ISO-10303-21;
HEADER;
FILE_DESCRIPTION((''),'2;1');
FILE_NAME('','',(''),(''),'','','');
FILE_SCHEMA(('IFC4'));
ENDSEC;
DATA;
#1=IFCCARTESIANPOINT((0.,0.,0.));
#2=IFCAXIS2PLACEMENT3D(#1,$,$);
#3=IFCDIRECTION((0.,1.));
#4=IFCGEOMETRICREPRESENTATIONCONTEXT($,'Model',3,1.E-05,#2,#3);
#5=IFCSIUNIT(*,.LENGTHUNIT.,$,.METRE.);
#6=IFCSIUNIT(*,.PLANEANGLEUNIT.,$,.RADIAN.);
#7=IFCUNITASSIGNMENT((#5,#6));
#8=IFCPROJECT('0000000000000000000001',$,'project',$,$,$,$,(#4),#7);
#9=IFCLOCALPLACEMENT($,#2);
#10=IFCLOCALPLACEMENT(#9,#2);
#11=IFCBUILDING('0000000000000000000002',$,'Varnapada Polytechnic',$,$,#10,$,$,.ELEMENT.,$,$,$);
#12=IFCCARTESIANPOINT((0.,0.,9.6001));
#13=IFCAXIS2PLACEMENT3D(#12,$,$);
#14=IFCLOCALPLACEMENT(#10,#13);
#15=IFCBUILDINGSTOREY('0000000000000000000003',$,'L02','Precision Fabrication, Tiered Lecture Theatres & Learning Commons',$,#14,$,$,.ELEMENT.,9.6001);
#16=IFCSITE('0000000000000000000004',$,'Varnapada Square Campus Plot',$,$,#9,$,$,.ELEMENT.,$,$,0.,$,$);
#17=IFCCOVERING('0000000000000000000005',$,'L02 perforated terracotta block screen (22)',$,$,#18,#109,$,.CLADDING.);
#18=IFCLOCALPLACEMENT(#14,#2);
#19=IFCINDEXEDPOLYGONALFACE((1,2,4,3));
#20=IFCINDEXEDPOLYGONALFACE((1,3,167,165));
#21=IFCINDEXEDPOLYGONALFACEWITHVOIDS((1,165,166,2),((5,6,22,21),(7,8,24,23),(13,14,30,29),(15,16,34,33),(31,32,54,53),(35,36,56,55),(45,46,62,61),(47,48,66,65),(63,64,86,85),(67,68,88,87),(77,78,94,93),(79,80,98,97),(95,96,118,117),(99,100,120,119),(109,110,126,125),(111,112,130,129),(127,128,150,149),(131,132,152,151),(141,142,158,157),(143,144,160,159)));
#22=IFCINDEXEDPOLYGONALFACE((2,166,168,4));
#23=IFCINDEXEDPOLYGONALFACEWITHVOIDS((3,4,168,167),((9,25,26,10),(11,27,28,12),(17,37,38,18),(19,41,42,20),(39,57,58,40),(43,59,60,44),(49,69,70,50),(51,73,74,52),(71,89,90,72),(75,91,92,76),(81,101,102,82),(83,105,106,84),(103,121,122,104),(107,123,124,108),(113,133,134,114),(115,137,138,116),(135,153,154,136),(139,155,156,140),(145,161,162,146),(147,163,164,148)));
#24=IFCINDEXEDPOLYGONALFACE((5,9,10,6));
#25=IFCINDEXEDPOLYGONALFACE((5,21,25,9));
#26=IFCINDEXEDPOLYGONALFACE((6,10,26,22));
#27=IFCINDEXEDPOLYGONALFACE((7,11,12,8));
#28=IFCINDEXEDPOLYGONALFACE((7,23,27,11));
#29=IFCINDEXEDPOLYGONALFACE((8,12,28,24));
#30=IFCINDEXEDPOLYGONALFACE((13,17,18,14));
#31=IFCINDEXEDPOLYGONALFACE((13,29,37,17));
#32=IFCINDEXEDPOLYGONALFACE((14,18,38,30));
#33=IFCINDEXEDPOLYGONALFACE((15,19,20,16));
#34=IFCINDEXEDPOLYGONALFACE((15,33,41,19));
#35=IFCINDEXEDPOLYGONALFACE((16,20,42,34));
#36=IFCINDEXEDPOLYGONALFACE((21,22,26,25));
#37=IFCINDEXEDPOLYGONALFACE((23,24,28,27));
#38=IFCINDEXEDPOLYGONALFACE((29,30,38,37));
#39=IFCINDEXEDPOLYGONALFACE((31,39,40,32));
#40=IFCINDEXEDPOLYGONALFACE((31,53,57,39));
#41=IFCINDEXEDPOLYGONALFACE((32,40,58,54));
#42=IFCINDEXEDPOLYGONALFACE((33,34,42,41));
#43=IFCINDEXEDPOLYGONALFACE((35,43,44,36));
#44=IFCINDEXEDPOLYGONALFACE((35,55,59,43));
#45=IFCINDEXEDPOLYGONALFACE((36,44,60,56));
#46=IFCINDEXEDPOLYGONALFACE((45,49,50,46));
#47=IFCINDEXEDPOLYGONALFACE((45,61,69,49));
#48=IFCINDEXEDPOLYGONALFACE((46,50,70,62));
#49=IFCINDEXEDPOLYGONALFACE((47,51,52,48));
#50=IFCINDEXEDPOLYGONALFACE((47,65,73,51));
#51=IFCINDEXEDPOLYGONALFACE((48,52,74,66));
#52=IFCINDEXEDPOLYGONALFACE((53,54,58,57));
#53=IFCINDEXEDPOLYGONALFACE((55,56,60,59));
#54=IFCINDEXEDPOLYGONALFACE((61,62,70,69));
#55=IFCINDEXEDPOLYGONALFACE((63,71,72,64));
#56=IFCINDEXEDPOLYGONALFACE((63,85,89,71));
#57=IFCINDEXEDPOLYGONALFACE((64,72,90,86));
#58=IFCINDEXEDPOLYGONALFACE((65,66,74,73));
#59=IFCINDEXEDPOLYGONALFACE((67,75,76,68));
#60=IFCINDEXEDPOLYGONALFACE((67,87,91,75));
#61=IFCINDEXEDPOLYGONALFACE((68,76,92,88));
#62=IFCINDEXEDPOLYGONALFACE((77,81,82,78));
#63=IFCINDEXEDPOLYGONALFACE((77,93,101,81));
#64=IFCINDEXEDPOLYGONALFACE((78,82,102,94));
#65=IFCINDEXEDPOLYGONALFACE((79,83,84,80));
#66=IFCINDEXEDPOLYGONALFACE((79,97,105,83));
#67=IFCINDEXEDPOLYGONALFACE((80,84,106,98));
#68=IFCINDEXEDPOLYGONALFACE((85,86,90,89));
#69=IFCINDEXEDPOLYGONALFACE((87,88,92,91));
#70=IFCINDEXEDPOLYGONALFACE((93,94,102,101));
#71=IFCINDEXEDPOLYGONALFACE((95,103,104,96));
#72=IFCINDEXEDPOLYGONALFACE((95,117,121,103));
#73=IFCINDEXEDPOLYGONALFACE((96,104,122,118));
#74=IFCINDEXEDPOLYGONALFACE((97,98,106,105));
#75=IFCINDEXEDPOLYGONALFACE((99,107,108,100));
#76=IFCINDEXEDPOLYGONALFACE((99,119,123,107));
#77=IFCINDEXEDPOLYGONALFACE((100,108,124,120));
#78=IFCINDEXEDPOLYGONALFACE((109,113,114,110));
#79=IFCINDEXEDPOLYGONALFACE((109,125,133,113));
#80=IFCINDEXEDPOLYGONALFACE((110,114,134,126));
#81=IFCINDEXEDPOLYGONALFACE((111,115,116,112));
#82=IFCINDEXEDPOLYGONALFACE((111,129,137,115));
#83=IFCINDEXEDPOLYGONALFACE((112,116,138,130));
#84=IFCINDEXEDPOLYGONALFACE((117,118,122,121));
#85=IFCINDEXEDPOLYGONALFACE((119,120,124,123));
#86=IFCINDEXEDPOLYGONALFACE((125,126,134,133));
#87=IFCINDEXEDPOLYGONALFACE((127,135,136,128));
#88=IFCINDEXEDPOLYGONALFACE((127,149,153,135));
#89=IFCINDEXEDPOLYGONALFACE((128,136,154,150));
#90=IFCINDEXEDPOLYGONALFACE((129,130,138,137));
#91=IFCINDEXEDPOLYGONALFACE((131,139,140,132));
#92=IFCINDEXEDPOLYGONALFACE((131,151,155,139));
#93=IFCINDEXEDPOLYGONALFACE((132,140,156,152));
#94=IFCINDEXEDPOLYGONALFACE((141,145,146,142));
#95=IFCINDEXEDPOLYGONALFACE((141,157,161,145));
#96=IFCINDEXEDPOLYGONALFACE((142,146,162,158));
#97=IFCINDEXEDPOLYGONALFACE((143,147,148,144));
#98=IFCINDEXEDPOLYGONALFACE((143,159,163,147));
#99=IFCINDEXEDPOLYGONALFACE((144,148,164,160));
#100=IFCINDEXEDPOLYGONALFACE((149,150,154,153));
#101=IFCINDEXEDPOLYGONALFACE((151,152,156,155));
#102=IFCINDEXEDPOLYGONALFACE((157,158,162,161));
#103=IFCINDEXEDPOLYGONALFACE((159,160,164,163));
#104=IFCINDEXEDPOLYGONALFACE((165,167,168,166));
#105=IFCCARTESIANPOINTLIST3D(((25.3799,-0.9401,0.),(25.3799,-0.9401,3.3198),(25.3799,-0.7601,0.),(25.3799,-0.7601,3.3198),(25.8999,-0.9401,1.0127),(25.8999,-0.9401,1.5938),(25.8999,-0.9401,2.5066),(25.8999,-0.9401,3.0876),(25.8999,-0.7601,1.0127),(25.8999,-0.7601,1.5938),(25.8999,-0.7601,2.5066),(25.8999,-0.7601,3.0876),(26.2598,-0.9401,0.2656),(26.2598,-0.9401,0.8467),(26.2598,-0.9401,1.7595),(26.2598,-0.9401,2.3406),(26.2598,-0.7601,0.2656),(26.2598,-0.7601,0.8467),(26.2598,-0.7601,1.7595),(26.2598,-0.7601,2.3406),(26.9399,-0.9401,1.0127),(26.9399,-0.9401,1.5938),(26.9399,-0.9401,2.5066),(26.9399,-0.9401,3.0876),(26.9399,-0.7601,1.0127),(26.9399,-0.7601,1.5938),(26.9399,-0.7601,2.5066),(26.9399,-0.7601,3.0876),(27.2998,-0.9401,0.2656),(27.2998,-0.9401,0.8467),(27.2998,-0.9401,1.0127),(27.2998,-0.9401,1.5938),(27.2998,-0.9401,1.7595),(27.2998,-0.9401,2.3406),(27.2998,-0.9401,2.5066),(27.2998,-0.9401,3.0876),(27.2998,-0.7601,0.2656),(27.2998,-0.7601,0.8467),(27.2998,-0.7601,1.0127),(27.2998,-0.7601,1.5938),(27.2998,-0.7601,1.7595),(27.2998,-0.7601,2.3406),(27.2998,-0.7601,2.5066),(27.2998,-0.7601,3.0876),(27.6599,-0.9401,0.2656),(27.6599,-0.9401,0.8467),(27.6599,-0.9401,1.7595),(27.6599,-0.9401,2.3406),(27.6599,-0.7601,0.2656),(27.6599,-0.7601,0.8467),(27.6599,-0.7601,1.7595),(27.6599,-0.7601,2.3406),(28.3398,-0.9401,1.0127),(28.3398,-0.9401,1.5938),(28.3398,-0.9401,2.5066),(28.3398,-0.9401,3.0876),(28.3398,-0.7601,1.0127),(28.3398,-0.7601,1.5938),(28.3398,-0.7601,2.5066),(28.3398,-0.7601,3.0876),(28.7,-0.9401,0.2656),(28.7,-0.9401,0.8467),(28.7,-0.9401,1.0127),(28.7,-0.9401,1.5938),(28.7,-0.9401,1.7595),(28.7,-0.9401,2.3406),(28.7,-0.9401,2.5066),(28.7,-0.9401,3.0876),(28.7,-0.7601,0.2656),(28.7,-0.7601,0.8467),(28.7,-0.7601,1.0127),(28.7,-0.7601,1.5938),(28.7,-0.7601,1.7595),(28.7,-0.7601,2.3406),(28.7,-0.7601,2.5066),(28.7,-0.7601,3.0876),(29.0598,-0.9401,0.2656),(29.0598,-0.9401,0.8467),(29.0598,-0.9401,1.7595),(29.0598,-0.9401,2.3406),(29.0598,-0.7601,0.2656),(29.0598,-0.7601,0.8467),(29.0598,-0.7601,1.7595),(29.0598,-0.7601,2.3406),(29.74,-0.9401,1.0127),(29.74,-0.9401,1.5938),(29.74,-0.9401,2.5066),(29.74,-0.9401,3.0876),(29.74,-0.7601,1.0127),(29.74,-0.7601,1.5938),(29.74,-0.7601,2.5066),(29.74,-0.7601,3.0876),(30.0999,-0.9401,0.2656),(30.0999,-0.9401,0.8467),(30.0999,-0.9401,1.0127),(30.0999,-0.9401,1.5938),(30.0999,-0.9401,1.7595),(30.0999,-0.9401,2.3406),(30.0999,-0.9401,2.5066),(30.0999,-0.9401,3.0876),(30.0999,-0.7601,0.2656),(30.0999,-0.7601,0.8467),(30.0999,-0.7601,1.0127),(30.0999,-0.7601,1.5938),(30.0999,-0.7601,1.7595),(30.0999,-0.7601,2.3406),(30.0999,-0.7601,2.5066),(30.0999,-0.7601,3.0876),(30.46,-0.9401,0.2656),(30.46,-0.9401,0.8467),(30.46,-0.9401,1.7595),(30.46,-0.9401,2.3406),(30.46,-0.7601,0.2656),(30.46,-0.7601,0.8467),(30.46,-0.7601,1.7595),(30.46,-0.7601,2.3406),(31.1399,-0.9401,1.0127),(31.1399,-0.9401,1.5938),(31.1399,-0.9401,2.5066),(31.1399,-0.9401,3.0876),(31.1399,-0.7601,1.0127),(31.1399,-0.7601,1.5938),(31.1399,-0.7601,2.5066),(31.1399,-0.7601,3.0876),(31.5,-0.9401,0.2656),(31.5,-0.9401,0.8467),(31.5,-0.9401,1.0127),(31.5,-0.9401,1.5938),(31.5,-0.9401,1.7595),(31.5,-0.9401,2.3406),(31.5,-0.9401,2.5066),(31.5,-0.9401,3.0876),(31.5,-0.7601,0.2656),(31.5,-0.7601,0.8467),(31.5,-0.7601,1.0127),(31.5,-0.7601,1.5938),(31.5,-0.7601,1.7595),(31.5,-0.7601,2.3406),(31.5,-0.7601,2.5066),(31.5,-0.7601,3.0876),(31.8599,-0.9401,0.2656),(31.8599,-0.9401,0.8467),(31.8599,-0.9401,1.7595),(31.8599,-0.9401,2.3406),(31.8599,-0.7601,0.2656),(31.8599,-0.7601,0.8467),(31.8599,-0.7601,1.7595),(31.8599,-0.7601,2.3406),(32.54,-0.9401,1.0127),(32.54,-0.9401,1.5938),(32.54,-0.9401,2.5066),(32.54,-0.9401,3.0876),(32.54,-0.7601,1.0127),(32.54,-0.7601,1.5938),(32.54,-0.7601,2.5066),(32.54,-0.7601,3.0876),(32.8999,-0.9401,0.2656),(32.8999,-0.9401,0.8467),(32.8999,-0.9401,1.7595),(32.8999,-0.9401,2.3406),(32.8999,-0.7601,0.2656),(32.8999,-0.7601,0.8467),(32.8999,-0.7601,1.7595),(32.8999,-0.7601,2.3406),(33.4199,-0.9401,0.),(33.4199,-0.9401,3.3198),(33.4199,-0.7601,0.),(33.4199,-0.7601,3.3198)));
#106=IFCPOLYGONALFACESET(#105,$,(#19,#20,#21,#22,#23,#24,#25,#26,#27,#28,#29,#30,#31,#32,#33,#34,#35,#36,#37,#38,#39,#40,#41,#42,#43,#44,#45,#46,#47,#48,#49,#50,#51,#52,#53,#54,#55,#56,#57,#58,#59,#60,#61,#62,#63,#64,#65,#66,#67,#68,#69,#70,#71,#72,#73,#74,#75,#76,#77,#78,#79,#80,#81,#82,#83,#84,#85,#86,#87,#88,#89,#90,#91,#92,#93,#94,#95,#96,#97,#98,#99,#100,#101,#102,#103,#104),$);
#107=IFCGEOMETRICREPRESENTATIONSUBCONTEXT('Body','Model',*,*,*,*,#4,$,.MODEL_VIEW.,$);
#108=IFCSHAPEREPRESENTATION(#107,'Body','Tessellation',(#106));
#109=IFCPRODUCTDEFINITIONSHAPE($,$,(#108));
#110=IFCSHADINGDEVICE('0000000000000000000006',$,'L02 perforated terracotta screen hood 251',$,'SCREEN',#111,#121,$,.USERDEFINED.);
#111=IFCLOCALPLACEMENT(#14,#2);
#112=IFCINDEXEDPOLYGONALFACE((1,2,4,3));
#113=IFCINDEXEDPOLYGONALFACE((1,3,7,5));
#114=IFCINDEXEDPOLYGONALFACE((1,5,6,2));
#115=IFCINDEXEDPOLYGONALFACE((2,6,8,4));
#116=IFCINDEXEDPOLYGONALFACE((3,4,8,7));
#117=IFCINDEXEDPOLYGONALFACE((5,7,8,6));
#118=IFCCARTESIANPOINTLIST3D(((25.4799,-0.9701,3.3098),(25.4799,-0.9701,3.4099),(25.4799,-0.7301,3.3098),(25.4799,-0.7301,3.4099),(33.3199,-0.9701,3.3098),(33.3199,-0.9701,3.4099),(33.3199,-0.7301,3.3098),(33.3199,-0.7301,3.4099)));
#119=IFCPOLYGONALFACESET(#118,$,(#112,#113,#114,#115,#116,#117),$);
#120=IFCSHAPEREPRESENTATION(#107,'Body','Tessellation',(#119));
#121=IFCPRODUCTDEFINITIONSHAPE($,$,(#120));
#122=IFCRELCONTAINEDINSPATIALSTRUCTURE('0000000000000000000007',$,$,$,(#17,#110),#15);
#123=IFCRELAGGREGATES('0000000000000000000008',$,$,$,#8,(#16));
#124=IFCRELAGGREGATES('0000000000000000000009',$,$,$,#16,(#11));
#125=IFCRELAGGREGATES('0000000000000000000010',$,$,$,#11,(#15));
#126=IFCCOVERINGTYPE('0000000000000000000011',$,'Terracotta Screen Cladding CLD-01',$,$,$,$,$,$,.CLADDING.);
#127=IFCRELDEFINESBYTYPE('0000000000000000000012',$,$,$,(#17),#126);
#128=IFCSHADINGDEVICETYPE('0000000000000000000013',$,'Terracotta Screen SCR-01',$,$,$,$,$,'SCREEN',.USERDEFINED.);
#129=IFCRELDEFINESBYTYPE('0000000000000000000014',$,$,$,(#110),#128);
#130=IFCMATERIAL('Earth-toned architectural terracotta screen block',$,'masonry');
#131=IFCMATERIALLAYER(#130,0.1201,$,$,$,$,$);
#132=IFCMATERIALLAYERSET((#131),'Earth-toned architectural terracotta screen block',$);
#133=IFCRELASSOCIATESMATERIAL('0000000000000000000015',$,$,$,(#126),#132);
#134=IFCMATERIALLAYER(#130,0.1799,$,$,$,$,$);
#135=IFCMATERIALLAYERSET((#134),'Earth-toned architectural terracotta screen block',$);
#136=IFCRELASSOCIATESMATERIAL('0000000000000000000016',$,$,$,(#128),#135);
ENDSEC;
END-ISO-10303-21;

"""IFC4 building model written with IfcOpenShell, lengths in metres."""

from ifc_helpers import new_model, si_unit, direction, frame, frame_2d, origin, origin_2d, place, context, subcontext, project, spatial, rectangle, extrude, material, layer, layer_set, type_object, element, save


model = new_model("IFC4")

# Units and contexts
model_context = context("Model", 3, precision=1e-05, world=origin(), true_north=direction((0.0, 1.0)))
body_context = subcontext(model_context, "Body", "Model", "MODEL_VIEW")
ifc_project = project(units=[si_unit("LENGTHUNIT", "METRE"), si_unit("PLANEANGLEUNIT", "RADIAN")], contexts=[model_context])

# Site, building, storey
site_placement = place(None, origin())
site = spatial("IfcSite", under=ifc_project, at=site_placement, Name="Varnapada Square Campus Plot", CompositionType="ELEMENT", RefElevation=0.0)
building_placement = place(site_placement, origin())
building = spatial("IfcBuilding", under=site, at=building_placement, Name="Varnapada Polytechnic", CompositionType="ELEMENT")
storey_placement = place(building_placement, frame((0.0, 0.0, 9.6001)))
storey = spatial("IfcBuildingStorey", under=building, at=storey_placement, Name="L02", Description="Precision Fabrication, Tiered Lecture Theatres & Learning Commons", CompositionType="ELEMENT", Elevation=9.6001)

# Covering, openings
ifc_material_1 = material(Name="Earth-toned architectural terracotta screen block", Category="masonry")
ifc_layer_1 = layer(ifc_material_1, 0.1201)
ifc_layer_set_1 = layer_set([ifc_layer_1], Name="Earth-toned architectural terracotta screen block")
covering_type = type_object("IfcCoveringType", Name="Terracotta Screen Cladding CLD-01", PredefinedType="CLADDING", material=ifc_layer_set_1)
covering_placement = place(storey_placement, frame((33.4199, -0.8501, 0.0), z_axis=(0.0, 0.0, 1.0), x_axis=(-1.0, 0.0, 0.0)))
covering = element("IfcCovering", 1, at=covering_placement, inside=storey, type_object=covering_type, Name="L02 perforated terracotta block screen (22)", PredefinedType="CLADDING", context=body_context, shape_type="SweptSolid", body=[
    extrude(rectangle(XDim=8.04, YDim=0.1799, at=frame_2d((4.02, 0.0))), origin(), (0.0, 0.0, 1.0), 3.3198),
])
opening_1_placement = place(covering_placement, frame((0.52, 0.0, 0.2656)))
element("IfcOpeningElement", 2, at=opening_1_placement, cuts=covering, PredefinedType="OPENING", context=body_context, shape_type="SweptSolid", body=[
    extrude(rectangle(XDim=1.04, YDim=0.5811, at=frame_2d((0.52, 0.2905))), frame((0.0, 0.0999, 0.0), z_axis=(0.0, -1.0, 0.0), x_axis=(1.0, 0.0, 0.0)), (0.0, 0.0, 1.0), 0.2),
])
opening_2_placement = place(covering_placement, frame((1.9199, 0.0, 0.2656)))
element("IfcOpeningElement", 3, at=opening_2_placement, cuts=covering, PredefinedType="OPENING", context=body_context, shape_type="SweptSolid", body=[
    extrude(rectangle(XDim=1.04, YDim=0.5811, at=frame_2d((0.52, 0.2905))), frame((0.0, 0.0999, 0.0), z_axis=(0.0, -1.0, 0.0), x_axis=(1.0, 0.0, 0.0)), (0.0, 0.0, 1.0), 0.2),
])
opening_3_placement = place(covering_placement, frame((3.3201, 0.0, 0.2656)))
element("IfcOpeningElement", 4, at=opening_3_placement, cuts=covering, PredefinedType="OPENING", context=body_context, shape_type="SweptSolid", body=[
    extrude(rectangle(XDim=1.04, YDim=0.5811, at=frame_2d((0.52, 0.2905))), frame((0.0, 0.0999, 0.0), z_axis=(0.0, -1.0, 0.0), x_axis=(1.0, 0.0, 0.0)), (0.0, 0.0, 1.0), 0.2),
])
opening_4_placement = place(covering_placement, frame((4.72, 0.0, 0.2656)))
element("IfcOpeningElement", 5, at=opening_4_placement, cuts=covering, PredefinedType="OPENING", context=body_context, shape_type="SweptSolid", body=[
    extrude(rectangle(XDim=1.04, YDim=0.5811, at=frame_2d((0.52, 0.2905))), frame((0.0, 0.0999, 0.0), z_axis=(0.0, -1.0, 0.0), x_axis=(1.0, 0.0, 0.0)), (0.0, 0.0, 1.0), 0.2),
])
opening_5_placement = place(covering_placement, frame((6.1201, 0.0, 0.2656)))
element("IfcOpeningElement", 6, at=opening_5_placement, cuts=covering, PredefinedType="OPENING", context=body_context, shape_type="SweptSolid", body=[
    extrude(rectangle(XDim=1.04, YDim=0.5811, at=frame_2d((0.52, 0.2905))), frame((0.0, 0.0999, 0.0), z_axis=(0.0, -1.0, 0.0), x_axis=(1.0, 0.0, 0.0)), (0.0, 0.0, 1.0), 0.2),
])
opening_6_placement = place(covering_placement, frame((0.8799, 0.0, 1.0127)))
element("IfcOpeningElement", 7, at=opening_6_placement, cuts=covering, PredefinedType="OPENING", context=body_context, shape_type="SweptSolid", body=[
    extrude(rectangle(XDim=1.04, YDim=0.5811, at=frame_2d((0.52, 0.2905))), frame((0.0, 0.0999, 0.0), z_axis=(0.0, -1.0, 0.0), x_axis=(1.0, 0.0, 0.0)), (0.0, 0.0, 1.0), 0.2),
])
opening_7_placement = place(covering_placement, frame((2.28, 0.0, 1.0127)))
element("IfcOpeningElement", 8, at=opening_7_placement, cuts=covering, PredefinedType="OPENING", context=body_context, shape_type="SweptSolid", body=[
    extrude(rectangle(XDim=1.04, YDim=0.5811, at=frame_2d((0.52, 0.2905))), frame((0.0, 0.0999, 0.0), z_axis=(0.0, -1.0, 0.0), x_axis=(1.0, 0.0, 0.0)), (0.0, 0.0, 1.0), 0.2),
])
opening_8_placement = place(covering_placement, frame((3.6799, 0.0, 1.0127)))
element("IfcOpeningElement", 9, at=opening_8_placement, cuts=covering, PredefinedType="OPENING", context=body_context, shape_type="SweptSolid", body=[
    extrude(rectangle(XDim=1.04, YDim=0.5811, at=frame_2d((0.52, 0.2905))), frame((0.0, 0.0999, 0.0), z_axis=(0.0, -1.0, 0.0), x_axis=(1.0, 0.0, 0.0)), (0.0, 0.0, 1.0), 0.2),
])
opening_9_placement = place(covering_placement, frame((5.0801, 0.0, 1.0127)))
element("IfcOpeningElement", 10, at=opening_9_placement, cuts=covering, PredefinedType="OPENING", context=body_context, shape_type="SweptSolid", body=[
    extrude(rectangle(XDim=1.04, YDim=0.5811, at=frame_2d((0.52, 0.2905))), frame((0.0, 0.0999, 0.0), z_axis=(0.0, -1.0, 0.0), x_axis=(1.0, 0.0, 0.0)), (0.0, 0.0, 1.0), 0.2),
])
opening_10_placement = place(covering_placement, frame((6.48, 0.0, 1.0127)))
element("IfcOpeningElement", 11, at=opening_10_placement, cuts=covering, PredefinedType="OPENING", context=body_context, shape_type="SweptSolid", body=[
    extrude(rectangle(XDim=1.04, YDim=0.5811, at=frame_2d((0.52, 0.2905))), frame((0.0, 0.0999, 0.0), z_axis=(0.0, -1.0, 0.0), x_axis=(1.0, 0.0, 0.0)), (0.0, 0.0, 1.0), 0.2),
])
opening_11_placement = place(covering_placement, frame((0.52, 0.0, 1.7595)))
element("IfcOpeningElement", 12, at=opening_11_placement, cuts=covering, PredefinedType="OPENING", context=body_context, shape_type="SweptSolid", body=[
    extrude(rectangle(XDim=1.04, YDim=0.5811, at=frame_2d((0.52, 0.2905))), frame((0.0, 0.0999, 0.0), z_axis=(0.0, -1.0, 0.0), x_axis=(1.0, 0.0, 0.0)), (0.0, 0.0, 1.0), 0.2),
])
opening_12_placement = place(covering_placement, frame((1.9199, 0.0, 1.7595)))
element("IfcOpeningElement", 13, at=opening_12_placement, cuts=covering, PredefinedType="OPENING", context=body_context, shape_type="SweptSolid", body=[
    extrude(rectangle(XDim=1.04, YDim=0.5811, at=frame_2d((0.52, 0.2905))), frame((0.0, 0.0999, 0.0), z_axis=(0.0, -1.0, 0.0), x_axis=(1.0, 0.0, 0.0)), (0.0, 0.0, 1.0), 0.2),
])
opening_13_placement = place(covering_placement, frame((3.3201, 0.0, 1.7595)))
element("IfcOpeningElement", 14, at=opening_13_placement, cuts=covering, PredefinedType="OPENING", context=body_context, shape_type="SweptSolid", body=[
    extrude(rectangle(XDim=1.04, YDim=0.5811, at=frame_2d((0.52, 0.2905))), frame((0.0, 0.0999, 0.0), z_axis=(0.0, -1.0, 0.0), x_axis=(1.0, 0.0, 0.0)), (0.0, 0.0, 1.0), 0.2),
])
opening_14_placement = place(covering_placement, frame((4.72, 0.0, 1.7595)))
element("IfcOpeningElement", 15, at=opening_14_placement, cuts=covering, PredefinedType="OPENING", context=body_context, shape_type="SweptSolid", body=[
    extrude(rectangle(XDim=1.04, YDim=0.5811, at=frame_2d((0.52, 0.2905))), frame((0.0, 0.0999, 0.0), z_axis=(0.0, -1.0, 0.0), x_axis=(1.0, 0.0, 0.0)), (0.0, 0.0, 1.0), 0.2),
])
opening_15_placement = place(covering_placement, frame((6.1201, 0.0, 1.7595)))
element("IfcOpeningElement", 16, at=opening_15_placement, cuts=covering, PredefinedType="OPENING", context=body_context, shape_type="SweptSolid", body=[
    extrude(rectangle(XDim=1.04, YDim=0.5811, at=frame_2d((0.52, 0.2905))), frame((0.0, 0.0999, 0.0), z_axis=(0.0, -1.0, 0.0), x_axis=(1.0, 0.0, 0.0)), (0.0, 0.0, 1.0), 0.2),
])
opening_16_placement = place(covering_placement, frame((0.8799, 0.0, 2.5066)))
element("IfcOpeningElement", 17, at=opening_16_placement, cuts=covering, PredefinedType="OPENING", context=body_context, shape_type="SweptSolid", body=[
    extrude(rectangle(XDim=1.04, YDim=0.5811, at=frame_2d((0.52, 0.2905))), frame((0.0, 0.0999, 0.0), z_axis=(0.0, -1.0, 0.0), x_axis=(1.0, 0.0, 0.0)), (0.0, 0.0, 1.0), 0.2),
])
opening_17_placement = place(covering_placement, frame((2.28, 0.0, 2.5066)))
element("IfcOpeningElement", 18, at=opening_17_placement, cuts=covering, PredefinedType="OPENING", context=body_context, shape_type="SweptSolid", body=[
    extrude(rectangle(XDim=1.04, YDim=0.5811, at=frame_2d((0.52, 0.2905))), frame((0.0, 0.0999, 0.0), z_axis=(0.0, -1.0, 0.0), x_axis=(1.0, 0.0, 0.0)), (0.0, 0.0, 1.0), 0.2),
])
opening_18_placement = place(covering_placement, frame((3.6799, 0.0, 2.5066)))
element("IfcOpeningElement", 19, at=opening_18_placement, cuts=covering, PredefinedType="OPENING", context=body_context, shape_type="SweptSolid", body=[
    extrude(rectangle(XDim=1.04, YDim=0.5811, at=frame_2d((0.52, 0.2905))), frame((0.0, 0.0999, 0.0), z_axis=(0.0, -1.0, 0.0), x_axis=(1.0, 0.0, 0.0)), (0.0, 0.0, 1.0), 0.2),
])
opening_19_placement = place(covering_placement, frame((5.0801, 0.0, 2.5066)))
element("IfcOpeningElement", 20, at=opening_19_placement, cuts=covering, PredefinedType="OPENING", context=body_context, shape_type="SweptSolid", body=[
    extrude(rectangle(XDim=1.04, YDim=0.5811, at=frame_2d((0.52, 0.2905))), frame((0.0, 0.0999, 0.0), z_axis=(0.0, -1.0, 0.0), x_axis=(1.0, 0.0, 0.0)), (0.0, 0.0, 1.0), 0.2),
])
opening_20_placement = place(covering_placement, frame((6.48, 0.0, 2.5066)))
element("IfcOpeningElement", 21, at=opening_20_placement, cuts=covering, PredefinedType="OPENING", context=body_context, shape_type="SweptSolid", body=[
    extrude(rectangle(XDim=1.04, YDim=0.5811, at=frame_2d((0.52, 0.2905))), frame((0.0, 0.0999, 0.0), z_axis=(0.0, -1.0, 0.0), x_axis=(1.0, 0.0, 0.0)), (0.0, 0.0, 1.0), 0.2),
])

# Shading device
ifc_layer_2 = layer(ifc_material_1, 0.1799)
ifc_layer_set_2 = layer_set([ifc_layer_2], Name="Earth-toned architectural terracotta screen block")
shading_device_type_1 = type_object("IfcShadingDeviceType", Name="Terracotta Screen SCR-01", ElementType="SCREEN", PredefinedType="USERDEFINED", material=ifc_layer_set_2)
shading_device_1_placement = place(storey_placement, frame((29.3999, -0.8501, 3.3098), z_axis=(0.0, 0.0, 1.0), x_axis=(-1.0, 0.0, 0.0)))
element("IfcShadingDevice", 22, at=shading_device_1_placement, inside=storey, type_object=shading_device_type_1, Name="L02 perforated terracotta screen hood 251", ObjectType="SCREEN", PredefinedType="USERDEFINED", context=body_context, shape_type="SweptSolid", body=[
    extrude(rectangle(XDim=7.8401, YDim=0.24, at=origin_2d()), origin(), (0.0, 0.0, 1.0), 0.1001),
])

save(model, "model.ifc")
